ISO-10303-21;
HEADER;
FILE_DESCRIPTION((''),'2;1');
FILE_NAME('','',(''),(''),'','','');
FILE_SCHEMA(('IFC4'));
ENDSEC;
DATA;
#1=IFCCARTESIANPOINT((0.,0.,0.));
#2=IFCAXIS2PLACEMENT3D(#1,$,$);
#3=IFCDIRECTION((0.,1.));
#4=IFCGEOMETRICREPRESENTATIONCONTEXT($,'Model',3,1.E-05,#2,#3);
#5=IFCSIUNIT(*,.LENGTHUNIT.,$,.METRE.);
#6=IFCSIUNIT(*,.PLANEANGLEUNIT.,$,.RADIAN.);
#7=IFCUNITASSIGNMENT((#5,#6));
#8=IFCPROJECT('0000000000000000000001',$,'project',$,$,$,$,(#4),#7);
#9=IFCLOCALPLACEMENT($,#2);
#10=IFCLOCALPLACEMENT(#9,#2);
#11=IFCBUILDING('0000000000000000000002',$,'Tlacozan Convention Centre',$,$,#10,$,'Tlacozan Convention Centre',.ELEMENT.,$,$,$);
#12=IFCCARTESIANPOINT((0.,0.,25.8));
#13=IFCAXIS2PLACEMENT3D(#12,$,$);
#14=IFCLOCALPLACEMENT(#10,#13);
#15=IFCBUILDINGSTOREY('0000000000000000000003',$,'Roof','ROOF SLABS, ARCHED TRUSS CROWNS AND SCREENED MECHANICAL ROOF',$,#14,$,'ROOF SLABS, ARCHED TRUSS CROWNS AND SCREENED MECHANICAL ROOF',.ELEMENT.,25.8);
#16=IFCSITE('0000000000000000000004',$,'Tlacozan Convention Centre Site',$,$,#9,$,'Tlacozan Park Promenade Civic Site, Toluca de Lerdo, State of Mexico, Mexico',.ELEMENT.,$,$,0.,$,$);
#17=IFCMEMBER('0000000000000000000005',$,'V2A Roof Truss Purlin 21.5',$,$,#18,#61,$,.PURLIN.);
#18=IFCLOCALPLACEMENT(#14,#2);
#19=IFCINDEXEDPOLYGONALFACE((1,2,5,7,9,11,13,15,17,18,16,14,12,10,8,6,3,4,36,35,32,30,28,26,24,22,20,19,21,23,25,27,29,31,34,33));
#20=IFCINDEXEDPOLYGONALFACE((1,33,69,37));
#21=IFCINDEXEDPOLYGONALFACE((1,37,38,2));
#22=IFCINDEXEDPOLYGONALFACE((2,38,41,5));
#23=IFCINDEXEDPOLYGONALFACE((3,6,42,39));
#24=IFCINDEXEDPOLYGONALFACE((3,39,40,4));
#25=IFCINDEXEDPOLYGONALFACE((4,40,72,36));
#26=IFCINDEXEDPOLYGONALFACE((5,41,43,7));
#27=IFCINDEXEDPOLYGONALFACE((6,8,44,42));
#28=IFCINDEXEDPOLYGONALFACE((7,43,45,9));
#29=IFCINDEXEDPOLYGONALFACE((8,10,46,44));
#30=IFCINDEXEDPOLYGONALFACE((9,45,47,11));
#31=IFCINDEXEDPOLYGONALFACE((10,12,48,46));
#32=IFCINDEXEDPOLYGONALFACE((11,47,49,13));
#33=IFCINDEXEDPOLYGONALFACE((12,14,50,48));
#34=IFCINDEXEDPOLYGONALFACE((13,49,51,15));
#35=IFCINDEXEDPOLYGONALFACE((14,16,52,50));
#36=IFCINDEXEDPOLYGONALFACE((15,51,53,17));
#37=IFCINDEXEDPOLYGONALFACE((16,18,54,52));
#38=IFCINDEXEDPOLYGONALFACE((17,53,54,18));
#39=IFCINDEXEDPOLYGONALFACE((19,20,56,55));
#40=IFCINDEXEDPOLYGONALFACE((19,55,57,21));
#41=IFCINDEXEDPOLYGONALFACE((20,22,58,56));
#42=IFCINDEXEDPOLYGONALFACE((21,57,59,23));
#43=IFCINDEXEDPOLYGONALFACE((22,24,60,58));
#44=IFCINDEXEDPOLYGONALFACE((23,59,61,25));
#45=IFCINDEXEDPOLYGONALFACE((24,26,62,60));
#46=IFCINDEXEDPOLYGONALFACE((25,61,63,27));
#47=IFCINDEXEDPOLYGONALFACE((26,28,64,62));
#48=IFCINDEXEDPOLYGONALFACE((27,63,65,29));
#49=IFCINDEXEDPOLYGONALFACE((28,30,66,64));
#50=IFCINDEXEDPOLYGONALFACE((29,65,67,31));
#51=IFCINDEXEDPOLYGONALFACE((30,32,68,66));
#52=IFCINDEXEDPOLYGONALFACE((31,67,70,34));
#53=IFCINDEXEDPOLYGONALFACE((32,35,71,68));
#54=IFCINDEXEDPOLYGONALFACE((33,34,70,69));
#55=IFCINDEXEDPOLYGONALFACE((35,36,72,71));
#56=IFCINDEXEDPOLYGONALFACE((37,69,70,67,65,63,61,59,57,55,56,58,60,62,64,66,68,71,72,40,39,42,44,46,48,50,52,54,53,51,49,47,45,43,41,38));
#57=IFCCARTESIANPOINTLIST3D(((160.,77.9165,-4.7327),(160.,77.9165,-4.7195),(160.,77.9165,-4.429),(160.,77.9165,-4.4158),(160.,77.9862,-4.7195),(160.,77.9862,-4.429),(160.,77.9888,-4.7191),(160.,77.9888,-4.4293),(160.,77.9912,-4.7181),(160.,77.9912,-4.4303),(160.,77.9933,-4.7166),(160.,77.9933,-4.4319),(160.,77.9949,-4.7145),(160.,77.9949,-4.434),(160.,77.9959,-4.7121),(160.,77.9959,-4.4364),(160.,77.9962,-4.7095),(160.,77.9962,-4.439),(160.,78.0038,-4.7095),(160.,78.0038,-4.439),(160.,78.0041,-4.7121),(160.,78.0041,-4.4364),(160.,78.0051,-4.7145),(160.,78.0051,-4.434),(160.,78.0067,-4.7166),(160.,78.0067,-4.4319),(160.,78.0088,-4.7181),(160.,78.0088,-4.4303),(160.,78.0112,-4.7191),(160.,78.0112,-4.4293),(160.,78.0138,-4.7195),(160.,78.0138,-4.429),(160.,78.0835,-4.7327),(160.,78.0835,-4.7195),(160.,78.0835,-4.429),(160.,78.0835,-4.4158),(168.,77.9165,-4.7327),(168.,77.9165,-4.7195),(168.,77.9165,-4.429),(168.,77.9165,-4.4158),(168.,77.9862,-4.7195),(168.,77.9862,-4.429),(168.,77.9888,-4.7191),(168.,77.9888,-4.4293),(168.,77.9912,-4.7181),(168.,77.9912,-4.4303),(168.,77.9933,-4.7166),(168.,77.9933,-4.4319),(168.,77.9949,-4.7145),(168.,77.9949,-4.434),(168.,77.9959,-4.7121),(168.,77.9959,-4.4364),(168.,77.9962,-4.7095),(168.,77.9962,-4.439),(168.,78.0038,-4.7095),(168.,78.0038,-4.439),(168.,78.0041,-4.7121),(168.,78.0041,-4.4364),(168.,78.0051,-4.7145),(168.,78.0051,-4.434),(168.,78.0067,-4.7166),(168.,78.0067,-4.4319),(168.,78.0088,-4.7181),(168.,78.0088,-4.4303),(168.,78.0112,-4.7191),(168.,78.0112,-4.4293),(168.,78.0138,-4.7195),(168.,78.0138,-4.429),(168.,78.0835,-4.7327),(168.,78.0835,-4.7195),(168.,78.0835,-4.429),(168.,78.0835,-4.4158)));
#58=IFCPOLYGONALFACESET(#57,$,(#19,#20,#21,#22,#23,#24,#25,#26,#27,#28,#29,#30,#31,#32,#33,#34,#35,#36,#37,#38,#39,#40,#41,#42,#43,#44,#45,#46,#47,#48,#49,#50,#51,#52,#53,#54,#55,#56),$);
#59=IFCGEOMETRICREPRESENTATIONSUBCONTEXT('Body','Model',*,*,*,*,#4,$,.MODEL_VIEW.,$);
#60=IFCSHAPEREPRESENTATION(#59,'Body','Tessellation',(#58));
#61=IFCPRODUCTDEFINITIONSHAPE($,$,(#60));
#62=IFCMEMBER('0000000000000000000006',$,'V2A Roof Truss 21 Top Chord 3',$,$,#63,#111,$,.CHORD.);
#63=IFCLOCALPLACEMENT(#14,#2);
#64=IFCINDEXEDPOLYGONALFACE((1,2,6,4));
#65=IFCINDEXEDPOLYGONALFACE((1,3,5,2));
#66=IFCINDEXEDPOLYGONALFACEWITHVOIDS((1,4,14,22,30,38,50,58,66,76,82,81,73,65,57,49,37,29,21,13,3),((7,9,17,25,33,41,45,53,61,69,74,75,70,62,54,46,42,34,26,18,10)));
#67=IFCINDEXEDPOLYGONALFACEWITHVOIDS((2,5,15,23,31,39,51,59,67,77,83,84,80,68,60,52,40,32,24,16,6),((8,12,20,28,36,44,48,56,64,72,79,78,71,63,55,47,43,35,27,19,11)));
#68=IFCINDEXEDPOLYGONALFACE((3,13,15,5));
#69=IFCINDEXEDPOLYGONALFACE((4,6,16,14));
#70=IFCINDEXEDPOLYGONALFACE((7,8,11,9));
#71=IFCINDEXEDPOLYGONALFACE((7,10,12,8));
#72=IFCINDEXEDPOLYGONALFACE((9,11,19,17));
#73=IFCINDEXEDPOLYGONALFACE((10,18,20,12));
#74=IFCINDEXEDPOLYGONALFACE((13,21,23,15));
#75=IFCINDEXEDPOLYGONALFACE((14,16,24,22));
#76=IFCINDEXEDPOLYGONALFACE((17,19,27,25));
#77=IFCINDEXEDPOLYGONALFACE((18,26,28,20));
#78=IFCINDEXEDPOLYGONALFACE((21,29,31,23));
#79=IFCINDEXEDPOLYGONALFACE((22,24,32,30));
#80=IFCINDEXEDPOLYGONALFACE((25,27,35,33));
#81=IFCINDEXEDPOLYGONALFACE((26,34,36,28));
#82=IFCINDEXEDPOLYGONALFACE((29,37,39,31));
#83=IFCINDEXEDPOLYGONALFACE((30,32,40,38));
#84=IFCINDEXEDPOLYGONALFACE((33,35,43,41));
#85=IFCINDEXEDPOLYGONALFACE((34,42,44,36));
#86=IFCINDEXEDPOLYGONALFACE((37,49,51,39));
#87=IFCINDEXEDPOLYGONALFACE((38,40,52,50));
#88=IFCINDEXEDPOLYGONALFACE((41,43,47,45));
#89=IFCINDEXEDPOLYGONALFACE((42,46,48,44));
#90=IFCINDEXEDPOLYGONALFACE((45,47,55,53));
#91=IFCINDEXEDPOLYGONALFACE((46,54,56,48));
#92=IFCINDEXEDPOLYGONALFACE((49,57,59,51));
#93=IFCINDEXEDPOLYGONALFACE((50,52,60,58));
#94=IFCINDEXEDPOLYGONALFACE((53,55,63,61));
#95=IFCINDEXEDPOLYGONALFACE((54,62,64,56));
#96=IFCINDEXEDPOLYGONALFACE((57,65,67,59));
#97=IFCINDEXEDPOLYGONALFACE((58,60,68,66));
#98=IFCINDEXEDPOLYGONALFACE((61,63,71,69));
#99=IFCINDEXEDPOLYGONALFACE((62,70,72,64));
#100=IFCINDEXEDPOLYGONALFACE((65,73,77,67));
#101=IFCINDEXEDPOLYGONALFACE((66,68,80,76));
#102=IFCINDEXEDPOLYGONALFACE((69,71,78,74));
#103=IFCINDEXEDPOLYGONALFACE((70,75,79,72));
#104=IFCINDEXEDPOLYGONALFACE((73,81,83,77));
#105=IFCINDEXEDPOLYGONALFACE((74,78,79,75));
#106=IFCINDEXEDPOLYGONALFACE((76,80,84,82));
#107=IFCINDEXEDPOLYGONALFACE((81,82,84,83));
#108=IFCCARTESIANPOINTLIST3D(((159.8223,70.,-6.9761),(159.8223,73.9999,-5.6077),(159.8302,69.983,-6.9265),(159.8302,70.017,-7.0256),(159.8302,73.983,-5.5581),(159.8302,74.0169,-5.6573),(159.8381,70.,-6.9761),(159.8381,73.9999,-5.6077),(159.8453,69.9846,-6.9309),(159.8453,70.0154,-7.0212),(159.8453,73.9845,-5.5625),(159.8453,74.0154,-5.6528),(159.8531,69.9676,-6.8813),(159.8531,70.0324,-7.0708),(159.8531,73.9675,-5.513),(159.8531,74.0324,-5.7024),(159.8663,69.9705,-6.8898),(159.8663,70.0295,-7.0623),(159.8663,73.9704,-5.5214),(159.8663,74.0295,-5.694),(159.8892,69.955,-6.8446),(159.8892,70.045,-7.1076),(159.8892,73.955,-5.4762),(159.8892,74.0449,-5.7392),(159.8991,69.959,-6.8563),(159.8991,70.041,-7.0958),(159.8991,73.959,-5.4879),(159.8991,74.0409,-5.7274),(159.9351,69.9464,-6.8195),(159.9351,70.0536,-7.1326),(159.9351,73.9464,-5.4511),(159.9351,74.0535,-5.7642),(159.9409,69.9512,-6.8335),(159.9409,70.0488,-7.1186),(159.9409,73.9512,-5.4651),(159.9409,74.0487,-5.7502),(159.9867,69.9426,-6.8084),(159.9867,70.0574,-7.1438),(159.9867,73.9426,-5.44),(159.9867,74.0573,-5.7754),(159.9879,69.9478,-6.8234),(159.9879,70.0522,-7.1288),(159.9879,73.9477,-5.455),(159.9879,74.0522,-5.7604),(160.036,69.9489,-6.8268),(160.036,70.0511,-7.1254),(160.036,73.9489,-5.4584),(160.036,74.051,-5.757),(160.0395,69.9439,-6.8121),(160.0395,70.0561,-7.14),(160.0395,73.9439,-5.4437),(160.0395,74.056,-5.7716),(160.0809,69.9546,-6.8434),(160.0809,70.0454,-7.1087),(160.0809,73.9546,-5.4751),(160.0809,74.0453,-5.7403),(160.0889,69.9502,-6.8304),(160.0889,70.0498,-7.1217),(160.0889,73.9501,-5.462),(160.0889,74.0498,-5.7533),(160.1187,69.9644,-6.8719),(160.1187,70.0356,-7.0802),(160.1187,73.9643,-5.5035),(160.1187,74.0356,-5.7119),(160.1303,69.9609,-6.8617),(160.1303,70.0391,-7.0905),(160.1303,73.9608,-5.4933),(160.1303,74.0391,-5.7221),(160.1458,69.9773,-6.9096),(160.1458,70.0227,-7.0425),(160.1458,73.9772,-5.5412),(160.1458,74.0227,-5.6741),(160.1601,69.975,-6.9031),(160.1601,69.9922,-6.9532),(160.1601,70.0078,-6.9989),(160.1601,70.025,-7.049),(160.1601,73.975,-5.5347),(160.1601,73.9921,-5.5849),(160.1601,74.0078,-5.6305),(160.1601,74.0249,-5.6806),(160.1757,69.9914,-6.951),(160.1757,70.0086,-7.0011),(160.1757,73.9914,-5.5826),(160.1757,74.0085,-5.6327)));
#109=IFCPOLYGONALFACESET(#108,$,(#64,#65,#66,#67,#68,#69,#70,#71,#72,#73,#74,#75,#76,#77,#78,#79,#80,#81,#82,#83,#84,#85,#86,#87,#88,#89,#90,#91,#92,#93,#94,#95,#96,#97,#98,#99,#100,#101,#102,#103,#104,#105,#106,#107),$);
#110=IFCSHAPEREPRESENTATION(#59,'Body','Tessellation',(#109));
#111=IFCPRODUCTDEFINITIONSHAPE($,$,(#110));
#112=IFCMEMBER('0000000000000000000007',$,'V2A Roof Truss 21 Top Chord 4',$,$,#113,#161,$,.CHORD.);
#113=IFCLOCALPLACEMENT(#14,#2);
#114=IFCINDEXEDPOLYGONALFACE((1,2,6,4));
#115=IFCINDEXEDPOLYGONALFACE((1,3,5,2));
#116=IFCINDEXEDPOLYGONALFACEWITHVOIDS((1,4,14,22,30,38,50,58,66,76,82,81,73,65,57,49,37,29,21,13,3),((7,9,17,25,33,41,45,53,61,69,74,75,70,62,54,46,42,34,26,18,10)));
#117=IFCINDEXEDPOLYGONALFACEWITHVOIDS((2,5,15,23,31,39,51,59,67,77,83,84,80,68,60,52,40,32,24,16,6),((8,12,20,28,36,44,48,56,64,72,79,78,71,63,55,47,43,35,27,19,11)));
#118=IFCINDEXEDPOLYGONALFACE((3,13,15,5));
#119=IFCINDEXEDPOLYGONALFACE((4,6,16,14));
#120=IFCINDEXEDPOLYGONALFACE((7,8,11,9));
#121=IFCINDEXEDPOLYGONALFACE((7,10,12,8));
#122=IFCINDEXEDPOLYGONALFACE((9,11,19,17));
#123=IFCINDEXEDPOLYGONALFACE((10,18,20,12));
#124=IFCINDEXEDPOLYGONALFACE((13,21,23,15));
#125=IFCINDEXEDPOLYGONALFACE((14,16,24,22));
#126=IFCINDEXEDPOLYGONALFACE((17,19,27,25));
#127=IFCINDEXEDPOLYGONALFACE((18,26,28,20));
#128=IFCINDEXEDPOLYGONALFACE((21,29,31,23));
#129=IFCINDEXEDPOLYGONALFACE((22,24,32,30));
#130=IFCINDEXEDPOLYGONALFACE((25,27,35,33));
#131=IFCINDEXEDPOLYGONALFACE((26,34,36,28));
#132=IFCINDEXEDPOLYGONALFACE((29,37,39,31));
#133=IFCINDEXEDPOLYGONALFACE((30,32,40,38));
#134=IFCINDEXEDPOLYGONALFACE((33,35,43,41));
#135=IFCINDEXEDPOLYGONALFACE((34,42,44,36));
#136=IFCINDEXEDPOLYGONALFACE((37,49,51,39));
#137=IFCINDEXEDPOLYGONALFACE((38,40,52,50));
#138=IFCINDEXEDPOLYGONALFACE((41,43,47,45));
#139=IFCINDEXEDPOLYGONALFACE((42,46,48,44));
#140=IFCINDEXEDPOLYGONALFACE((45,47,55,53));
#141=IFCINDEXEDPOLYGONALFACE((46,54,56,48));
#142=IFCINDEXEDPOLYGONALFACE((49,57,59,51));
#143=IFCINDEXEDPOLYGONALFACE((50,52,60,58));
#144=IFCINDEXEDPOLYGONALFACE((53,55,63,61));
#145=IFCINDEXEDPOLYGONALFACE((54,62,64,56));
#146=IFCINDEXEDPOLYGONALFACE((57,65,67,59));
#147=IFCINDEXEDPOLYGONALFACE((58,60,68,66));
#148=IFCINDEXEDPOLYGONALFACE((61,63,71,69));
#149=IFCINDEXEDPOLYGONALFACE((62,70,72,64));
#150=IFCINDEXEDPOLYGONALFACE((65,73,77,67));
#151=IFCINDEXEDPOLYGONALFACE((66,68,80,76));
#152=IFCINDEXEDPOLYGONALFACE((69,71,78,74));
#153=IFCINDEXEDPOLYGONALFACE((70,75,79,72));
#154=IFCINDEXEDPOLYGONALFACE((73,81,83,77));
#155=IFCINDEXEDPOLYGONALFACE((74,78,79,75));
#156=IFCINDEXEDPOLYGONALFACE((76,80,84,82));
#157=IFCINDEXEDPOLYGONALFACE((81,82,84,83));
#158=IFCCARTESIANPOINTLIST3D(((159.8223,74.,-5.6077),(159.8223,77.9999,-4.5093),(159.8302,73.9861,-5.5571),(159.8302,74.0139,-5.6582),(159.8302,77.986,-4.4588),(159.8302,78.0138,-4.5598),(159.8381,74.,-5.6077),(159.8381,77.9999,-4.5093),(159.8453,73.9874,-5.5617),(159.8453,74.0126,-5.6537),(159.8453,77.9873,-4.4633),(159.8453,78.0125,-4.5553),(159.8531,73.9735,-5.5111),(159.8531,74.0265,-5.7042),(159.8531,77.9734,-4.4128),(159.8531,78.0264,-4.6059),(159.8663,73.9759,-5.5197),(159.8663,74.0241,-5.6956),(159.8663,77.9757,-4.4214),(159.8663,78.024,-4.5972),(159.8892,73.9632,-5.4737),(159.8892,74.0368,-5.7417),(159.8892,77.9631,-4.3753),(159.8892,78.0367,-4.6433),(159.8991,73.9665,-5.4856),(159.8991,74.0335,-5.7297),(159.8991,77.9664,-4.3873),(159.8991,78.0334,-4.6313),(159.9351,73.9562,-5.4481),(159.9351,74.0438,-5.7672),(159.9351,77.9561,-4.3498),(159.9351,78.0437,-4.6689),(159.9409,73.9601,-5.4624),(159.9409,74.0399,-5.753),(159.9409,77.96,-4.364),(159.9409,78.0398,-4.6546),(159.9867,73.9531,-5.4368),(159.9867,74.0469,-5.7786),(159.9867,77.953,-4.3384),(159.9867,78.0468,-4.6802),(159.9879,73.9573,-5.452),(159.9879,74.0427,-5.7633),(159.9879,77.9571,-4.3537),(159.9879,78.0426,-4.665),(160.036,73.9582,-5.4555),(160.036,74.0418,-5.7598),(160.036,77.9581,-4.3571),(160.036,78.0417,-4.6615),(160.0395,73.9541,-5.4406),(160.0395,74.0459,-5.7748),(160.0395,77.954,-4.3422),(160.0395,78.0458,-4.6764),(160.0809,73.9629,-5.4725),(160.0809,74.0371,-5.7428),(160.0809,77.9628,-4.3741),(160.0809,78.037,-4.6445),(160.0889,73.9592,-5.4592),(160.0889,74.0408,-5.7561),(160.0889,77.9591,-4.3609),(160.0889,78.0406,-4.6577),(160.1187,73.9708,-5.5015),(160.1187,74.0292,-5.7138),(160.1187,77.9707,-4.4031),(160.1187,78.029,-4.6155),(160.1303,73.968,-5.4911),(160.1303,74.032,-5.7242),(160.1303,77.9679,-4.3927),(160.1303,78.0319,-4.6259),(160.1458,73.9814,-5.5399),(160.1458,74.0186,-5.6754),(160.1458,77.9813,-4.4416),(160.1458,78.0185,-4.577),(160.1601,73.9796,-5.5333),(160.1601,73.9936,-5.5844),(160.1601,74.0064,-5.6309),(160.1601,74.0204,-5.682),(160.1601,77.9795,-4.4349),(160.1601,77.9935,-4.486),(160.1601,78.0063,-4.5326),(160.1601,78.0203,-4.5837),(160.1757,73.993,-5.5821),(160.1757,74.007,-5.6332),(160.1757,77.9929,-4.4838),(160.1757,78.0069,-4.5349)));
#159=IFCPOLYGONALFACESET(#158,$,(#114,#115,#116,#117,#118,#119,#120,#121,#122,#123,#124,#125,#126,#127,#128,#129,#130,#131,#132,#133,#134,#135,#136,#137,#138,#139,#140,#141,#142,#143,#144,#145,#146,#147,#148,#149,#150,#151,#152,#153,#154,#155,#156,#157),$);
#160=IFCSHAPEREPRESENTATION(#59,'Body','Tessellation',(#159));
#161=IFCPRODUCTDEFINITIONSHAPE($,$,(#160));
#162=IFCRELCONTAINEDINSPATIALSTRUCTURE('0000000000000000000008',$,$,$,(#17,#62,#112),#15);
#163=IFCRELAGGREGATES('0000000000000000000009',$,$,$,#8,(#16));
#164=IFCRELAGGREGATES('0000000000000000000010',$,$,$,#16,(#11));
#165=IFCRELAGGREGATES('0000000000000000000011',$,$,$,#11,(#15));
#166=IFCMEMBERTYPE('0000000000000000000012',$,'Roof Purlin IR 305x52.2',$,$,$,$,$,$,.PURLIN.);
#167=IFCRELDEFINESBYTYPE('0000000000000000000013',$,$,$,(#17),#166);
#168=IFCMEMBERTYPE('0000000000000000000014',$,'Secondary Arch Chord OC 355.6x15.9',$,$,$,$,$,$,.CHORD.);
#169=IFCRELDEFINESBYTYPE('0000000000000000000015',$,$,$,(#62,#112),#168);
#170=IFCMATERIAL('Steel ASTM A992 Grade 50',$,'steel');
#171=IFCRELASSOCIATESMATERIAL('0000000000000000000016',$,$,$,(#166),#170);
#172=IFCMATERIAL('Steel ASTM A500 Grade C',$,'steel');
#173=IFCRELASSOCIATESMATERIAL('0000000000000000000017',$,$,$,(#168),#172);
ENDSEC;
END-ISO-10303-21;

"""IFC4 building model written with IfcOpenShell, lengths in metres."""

from ifc_helpers import new_model, si_unit, direction, frame, origin, origin_2d, place, context, subcontext, project, spatial, hollow_circle, i_section, extrude, material, material_profile, profile_set, type_object, element, save


model = new_model("IFC4")

# Units and contexts
model_context = context("Model", 3, precision=1e-05, world=origin(), true_north=direction((0.0, 1.0)))
body_context = subcontext(model_context, "Body", "Model", "MODEL_VIEW")
ifc_project = project(units=[si_unit("LENGTHUNIT", "METRE"), si_unit("PLANEANGLEUNIT", "RADIAN")], contexts=[model_context])

# Site, building, storey
site_placement = place(None, origin())
site = spatial("IfcSite", under=ifc_project, at=site_placement, Name="Tlacozan Convention Centre Site", LongName="Tlacozan Park Promenade Civic Site, Toluca de Lerdo, State of Mexico, Mexico", CompositionType="ELEMENT", RefElevation=0.0)
building_placement = place(site_placement, origin())
building = spatial("IfcBuilding", under=site, at=building_placement, Name="Tlacozan Convention Centre", LongName="Tlacozan Convention Centre", CompositionType="ELEMENT")
storey_placement = place(building_placement, frame((0.0, 0.0, 25.8)))
storey = spatial("IfcBuildingStorey", under=building, at=storey_placement, Name="Roof", Description="ROOF SLABS, ARCHED TRUSS CROWNS AND SCREENED MECHANICAL ROOF", LongName="ROOF SLABS, ARCHED TRUSS CROWNS AND SCREENED MECHANICAL ROOF", CompositionType="ELEMENT", Elevation=25.8)

# Members
ifc_material_1 = material(Name="Steel ASTM A500 Grade C", Category="steel")
ifc_material_2 = material(Name="Steel ASTM A992 Grade 50", Category="steel")
ifc_material_profile_1 = material_profile(ifc_material_2, i_section(OverallWidth=0.167, OverallDepth=0.3169, WebThickness=0.0076, FlangeThickness=0.0132, FilletRadius=0.01, at=origin_2d()), Name="IR 305x52.2")
ifc_profile_set_1 = profile_set([ifc_material_profile_1], Name="Steel ASTM A992 Grade 50")
member_type_1 = type_object("IfcMemberType", Name="Roof Purlin IR 305x52.2", PredefinedType="PURLIN", material=ifc_profile_set_1)
for number, where, z_axis, x_axis, name in (
    (1, (160.0, 78.0, -4.5742), (1.0, 0.0, 0.0), (0.0, 1.0, 0.0), "V2A Roof Truss Purlin 21.5"),
):
    element("IfcMember", number, at=place(storey_placement, frame(where, z_axis=z_axis, x_axis=x_axis)), inside=storey, type_object=member_type_1, Name=name, PredefinedType="PURLIN", context=body_context, shape_type="SweptSolid", body=[
        extrude(i_section(OverallWidth=0.167, OverallDepth=0.3169, WebThickness=0.0076, FlangeThickness=0.0132, FilletRadius=0.01, at=origin_2d()), origin(), (0.0, 0.0, 1.0), 8.0),
    ])
ifc_material_profile_2 = material_profile(ifc_material_1, hollow_circle(Radius=0.1777, WallThickness=0.0159, at=origin_2d()), Name="OC 355.6x15.9")
ifc_profile_set_2 = profile_set([ifc_material_profile_2], Name="Steel ASTM A500 Grade C")
member_type_2 = type_object("IfcMemberType", Name="Secondary Arch Chord OC 355.6x15.9", PredefinedType="CHORD", material=ifc_profile_set_2)
member_1_placement = place(storey_placement, frame((160.0, 70.0, -6.9761), z_axis=(0.0, 0.946165, 0.323685), x_axis=(-1.0, 0.0, 0.0)))
element("IfcMember", 2, at=member_1_placement, inside=storey, type_object=member_type_2, Name="V2A Roof Truss 21 Top Chord 3", PredefinedType="CHORD", context=body_context, shape_type="SweptSolid", body=[
    extrude(hollow_circle(Radius=0.1777, WallThickness=0.0159, at=origin_2d()), origin(), (0.0, 0.0, 1.0), 4.2275),
])
member_2_placement = place(storey_placement, frame((160.0, 74.0, -5.6077), z_axis=(0.0, 0.964305, 0.264795), x_axis=(-1.0, 0.0, 0.0)))
element("IfcMember", 3, at=member_2_placement, inside=storey, type_object=member_type_2, Name="V2A Roof Truss 21 Top Chord 4", PredefinedType="CHORD", context=body_context, shape_type="SweptSolid", body=[
    extrude(hollow_circle(Radius=0.1777, WallThickness=0.0159, at=origin_2d()), origin(), (0.0, 0.0, 1.0), 4.1479),
])

save(model, "model.ifc")
